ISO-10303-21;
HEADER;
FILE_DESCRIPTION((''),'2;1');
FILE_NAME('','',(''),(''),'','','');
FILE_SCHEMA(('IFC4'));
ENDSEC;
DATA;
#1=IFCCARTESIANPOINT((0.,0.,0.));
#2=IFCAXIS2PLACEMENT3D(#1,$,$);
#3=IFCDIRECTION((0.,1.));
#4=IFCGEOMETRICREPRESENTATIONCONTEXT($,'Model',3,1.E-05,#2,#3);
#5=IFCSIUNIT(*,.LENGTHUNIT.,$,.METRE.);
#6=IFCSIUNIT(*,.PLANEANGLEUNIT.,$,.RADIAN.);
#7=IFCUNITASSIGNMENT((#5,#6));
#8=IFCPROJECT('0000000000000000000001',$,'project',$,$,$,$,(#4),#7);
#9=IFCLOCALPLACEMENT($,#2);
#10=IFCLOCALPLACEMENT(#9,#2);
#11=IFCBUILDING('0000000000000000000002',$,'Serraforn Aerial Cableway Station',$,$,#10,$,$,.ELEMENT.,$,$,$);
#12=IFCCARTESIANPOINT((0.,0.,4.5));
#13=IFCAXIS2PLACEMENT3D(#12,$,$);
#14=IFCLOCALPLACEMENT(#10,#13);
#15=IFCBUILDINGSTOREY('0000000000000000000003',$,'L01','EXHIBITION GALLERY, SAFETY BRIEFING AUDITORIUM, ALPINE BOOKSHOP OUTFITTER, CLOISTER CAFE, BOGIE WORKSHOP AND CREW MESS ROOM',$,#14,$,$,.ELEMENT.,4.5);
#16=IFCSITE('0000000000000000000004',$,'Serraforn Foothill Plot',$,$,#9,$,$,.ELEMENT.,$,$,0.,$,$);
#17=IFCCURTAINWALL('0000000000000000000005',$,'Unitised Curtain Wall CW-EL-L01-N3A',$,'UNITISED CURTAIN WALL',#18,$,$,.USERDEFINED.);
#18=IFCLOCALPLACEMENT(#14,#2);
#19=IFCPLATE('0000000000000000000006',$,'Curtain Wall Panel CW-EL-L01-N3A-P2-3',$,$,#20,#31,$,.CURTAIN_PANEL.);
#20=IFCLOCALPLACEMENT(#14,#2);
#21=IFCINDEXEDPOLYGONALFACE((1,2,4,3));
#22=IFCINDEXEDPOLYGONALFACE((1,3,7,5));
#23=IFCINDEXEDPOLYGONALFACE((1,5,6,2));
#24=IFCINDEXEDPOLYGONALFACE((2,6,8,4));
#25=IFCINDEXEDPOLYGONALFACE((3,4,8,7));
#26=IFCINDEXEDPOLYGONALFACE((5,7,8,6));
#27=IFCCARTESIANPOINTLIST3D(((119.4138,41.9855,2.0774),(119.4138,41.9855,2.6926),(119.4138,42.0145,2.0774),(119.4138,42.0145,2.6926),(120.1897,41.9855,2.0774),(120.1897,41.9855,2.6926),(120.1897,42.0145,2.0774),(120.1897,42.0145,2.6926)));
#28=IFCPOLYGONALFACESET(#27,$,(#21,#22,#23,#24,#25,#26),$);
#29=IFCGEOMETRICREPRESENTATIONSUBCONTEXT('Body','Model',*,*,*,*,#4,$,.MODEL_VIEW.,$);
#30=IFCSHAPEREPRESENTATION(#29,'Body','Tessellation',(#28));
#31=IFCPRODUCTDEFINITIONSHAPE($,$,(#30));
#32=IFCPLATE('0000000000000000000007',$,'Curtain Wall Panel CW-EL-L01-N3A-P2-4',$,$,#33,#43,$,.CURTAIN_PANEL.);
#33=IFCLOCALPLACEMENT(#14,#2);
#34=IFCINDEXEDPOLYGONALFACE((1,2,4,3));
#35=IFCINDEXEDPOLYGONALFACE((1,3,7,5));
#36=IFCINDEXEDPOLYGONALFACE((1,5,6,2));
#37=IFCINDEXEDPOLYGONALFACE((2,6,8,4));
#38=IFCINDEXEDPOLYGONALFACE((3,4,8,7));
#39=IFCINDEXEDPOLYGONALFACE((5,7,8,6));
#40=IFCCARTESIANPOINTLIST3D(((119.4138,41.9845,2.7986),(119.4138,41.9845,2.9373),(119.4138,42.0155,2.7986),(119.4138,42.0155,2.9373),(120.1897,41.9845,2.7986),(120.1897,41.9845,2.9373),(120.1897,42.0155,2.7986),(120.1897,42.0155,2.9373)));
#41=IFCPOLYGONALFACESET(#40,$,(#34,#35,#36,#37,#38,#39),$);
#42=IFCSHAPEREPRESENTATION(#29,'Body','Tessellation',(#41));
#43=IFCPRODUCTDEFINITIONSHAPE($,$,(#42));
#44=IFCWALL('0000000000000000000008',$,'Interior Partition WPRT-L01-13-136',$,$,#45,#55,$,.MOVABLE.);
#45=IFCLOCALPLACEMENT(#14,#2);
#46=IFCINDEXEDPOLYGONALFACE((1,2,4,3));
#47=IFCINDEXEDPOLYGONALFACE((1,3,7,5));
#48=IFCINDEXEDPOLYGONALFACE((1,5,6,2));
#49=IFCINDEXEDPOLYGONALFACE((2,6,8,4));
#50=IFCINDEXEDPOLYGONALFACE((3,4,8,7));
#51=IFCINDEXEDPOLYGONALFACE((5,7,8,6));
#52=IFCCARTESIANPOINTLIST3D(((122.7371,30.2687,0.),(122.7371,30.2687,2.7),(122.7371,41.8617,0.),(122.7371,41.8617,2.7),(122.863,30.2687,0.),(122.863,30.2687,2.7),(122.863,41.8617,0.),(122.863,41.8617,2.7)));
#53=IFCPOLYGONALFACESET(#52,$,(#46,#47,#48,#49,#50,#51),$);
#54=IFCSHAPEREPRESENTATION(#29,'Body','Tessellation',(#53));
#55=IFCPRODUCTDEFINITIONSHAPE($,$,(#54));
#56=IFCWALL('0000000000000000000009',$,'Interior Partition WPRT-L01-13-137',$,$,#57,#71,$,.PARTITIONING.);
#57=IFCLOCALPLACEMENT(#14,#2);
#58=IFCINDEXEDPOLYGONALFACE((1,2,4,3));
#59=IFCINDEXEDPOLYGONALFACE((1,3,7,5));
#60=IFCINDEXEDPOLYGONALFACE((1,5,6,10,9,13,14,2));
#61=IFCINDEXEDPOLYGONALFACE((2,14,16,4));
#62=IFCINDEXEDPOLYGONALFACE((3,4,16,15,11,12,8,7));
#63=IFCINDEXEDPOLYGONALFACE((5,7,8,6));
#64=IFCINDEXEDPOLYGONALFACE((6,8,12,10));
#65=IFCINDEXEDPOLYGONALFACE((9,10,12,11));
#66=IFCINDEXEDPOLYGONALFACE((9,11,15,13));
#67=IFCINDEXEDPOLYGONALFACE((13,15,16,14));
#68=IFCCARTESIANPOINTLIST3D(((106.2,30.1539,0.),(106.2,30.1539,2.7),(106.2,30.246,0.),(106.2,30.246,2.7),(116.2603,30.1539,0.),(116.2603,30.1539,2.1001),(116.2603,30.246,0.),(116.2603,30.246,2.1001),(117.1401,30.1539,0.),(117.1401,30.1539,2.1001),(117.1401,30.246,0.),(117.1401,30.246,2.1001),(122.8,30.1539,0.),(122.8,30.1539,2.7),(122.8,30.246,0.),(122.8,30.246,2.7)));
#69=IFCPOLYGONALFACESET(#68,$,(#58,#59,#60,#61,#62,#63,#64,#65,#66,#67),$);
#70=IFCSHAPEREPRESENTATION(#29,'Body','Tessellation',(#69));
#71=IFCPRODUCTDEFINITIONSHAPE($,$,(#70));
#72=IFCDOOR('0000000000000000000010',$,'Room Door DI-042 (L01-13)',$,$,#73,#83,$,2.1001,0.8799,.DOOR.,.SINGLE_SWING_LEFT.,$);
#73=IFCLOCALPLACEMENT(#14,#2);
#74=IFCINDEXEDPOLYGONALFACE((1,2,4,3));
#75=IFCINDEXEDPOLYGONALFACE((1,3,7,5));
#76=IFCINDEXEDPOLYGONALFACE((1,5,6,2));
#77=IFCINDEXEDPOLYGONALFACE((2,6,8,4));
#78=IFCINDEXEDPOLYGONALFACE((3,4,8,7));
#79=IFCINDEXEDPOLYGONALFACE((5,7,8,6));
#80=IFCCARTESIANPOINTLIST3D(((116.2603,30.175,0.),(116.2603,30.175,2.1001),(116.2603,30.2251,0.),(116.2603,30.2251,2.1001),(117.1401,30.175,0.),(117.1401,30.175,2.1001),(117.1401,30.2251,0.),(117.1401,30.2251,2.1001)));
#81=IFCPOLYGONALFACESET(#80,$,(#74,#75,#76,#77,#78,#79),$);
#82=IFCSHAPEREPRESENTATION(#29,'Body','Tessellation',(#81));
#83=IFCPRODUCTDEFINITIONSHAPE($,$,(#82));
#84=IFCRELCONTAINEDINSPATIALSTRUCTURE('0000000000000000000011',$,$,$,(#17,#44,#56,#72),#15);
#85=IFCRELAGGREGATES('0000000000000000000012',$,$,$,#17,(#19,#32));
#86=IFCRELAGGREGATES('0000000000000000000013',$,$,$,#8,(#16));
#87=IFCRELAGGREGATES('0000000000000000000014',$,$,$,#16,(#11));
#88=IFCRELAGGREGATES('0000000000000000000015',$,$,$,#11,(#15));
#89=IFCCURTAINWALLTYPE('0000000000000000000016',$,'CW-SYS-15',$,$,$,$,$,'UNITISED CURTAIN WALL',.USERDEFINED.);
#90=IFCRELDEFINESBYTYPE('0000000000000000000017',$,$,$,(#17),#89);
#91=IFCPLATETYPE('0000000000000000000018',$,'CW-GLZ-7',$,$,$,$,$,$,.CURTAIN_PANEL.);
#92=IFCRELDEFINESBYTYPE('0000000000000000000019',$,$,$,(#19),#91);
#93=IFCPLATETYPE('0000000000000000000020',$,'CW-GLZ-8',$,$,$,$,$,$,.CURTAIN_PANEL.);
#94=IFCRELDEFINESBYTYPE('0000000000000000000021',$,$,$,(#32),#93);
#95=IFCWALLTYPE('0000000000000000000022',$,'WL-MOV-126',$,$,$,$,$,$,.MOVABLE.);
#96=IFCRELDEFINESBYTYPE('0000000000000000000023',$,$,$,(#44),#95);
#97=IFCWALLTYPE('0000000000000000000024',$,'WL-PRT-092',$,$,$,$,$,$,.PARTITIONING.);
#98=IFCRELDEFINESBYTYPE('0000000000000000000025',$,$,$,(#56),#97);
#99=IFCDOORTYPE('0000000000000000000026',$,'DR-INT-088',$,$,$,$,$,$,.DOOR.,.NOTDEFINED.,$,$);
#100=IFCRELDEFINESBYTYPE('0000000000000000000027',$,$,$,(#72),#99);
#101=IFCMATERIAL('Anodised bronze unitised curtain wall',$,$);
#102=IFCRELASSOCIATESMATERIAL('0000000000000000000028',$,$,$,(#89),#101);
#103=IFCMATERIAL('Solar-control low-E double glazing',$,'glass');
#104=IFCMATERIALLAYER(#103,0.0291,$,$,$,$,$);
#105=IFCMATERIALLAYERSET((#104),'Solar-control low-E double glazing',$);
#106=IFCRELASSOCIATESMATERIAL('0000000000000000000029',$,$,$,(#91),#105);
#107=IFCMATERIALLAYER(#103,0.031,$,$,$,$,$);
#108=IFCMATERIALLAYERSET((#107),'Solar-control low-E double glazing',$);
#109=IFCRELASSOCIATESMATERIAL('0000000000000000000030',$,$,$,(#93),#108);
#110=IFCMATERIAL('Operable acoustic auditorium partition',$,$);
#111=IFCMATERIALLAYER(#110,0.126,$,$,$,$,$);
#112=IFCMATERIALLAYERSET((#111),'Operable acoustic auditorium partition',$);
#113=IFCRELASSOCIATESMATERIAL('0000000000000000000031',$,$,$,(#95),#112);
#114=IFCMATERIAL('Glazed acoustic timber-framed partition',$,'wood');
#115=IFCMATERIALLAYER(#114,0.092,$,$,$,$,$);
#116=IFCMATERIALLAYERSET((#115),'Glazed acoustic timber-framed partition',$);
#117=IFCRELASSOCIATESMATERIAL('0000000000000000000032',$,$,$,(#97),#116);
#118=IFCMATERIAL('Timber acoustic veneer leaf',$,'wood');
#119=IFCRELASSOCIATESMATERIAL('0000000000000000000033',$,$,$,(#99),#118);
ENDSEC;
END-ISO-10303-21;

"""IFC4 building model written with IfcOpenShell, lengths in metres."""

from ifc_helpers import new_model, si_unit, direction, frame, frame_2d, origin, origin_2d, place, context, subcontext, project, spatial, rectangle, extrude, material, layer, layer_set, type_object, element, fill, aggregate, save


model = new_model("IFC4")

# Units and contexts
model_context = context("Model", 3, precision=1e-05, world=origin(), true_north=direction((0.0, 1.0)))
body_context = subcontext(model_context, "Body", "Model", "MODEL_VIEW")
ifc_project = project(units=[si_unit("LENGTHUNIT", "METRE"), si_unit("PLANEANGLEUNIT", "RADIAN")], contexts=[model_context])

# Site, building, storey
site_placement = place(None, origin())
site = spatial("IfcSite", under=ifc_project, at=site_placement, Name="Serraforn Foothill Plot", CompositionType="ELEMENT", RefElevation=0.0)
building_placement = place(site_placement, origin())
building = spatial("IfcBuilding", under=site, at=building_placement, Name="Serraforn Aerial Cableway Station", CompositionType="ELEMENT")
storey_placement = place(building_placement, frame((0.0, 0.0, 4.5)))
storey = spatial("IfcBuildingStorey", under=building, at=storey_placement, Name="L01", Description="EXHIBITION GALLERY, SAFETY BRIEFING AUDITORIUM, ALPINE BOOKSHOP OUTFITTER, CLOISTER CAFE, BOGIE WORKSHOP AND CREW MESS ROOM", CompositionType="ELEMENT", Elevation=4.5)

# Curtain wall
ifc_material_1 = material(Name="Anodised bronze unitised curtain wall")
curtain_wall_type_1 = type_object("IfcCurtainWallType", Name="CW-SYS-15", ElementType="UNITISED CURTAIN WALL", PredefinedType="USERDEFINED", material=ifc_material_1)
curtain_wall_1_placement = place(storey_placement, origin())
curtain_wall_1 = element("IfcCurtainWall", 1, at=curtain_wall_1_placement, inside=storey, type_object=curtain_wall_type_1, Name="Unitised Curtain Wall CW-EL-L01-N3A", ObjectType="UNITISED CURTAIN WALL", PredefinedType="USERDEFINED")

# Plates
ifc_material_2 = material(Name="Solar-control low-E double glazing", Category="glass")
ifc_layer_1 = layer(ifc_material_2, 0.0291)
ifc_layer_set_1 = layer_set([ifc_layer_1], Name="Solar-control low-E double glazing")
plate_type_1 = type_object("IfcPlateType", Name="CW-GLZ-7", PredefinedType="CURTAIN_PANEL", material=ifc_layer_set_1)
plate_1_placement = place(storey_placement, frame((119.8018, 42.0, 2.0774), z_axis=(0.0, 0.0, 1.0), x_axis=(1.0, 0.0, 0.0)))
plate_1 = element("IfcPlate", 2, at=plate_1_placement, type_object=plate_type_1, Name="Curtain Wall Panel CW-EL-L01-N3A-P2-3", PredefinedType="CURTAIN_PANEL", context=body_context, shape_type="SweptSolid", body=[
    extrude(rectangle(XDim=0.7759, YDim=0.0291, at=origin_2d()), origin(), (0.0, 0.0, 1.0), 0.6152),
])
ifc_layer_2 = layer(ifc_material_2, 0.031)
ifc_layer_set_2 = layer_set([ifc_layer_2], Name="Solar-control low-E double glazing")
plate_type_2 = type_object("IfcPlateType", Name="CW-GLZ-8", PredefinedType="CURTAIN_PANEL", material=ifc_layer_set_2)
plate_2_placement = place(storey_placement, frame((119.8018, 42.0, 2.7986), z_axis=(0.0, 0.0, 1.0), x_axis=(1.0, 0.0, 0.0)))
plate_2 = element("IfcPlate", 3, at=plate_2_placement, type_object=plate_type_2, Name="Curtain Wall Panel CW-EL-L01-N3A-P2-4", PredefinedType="CURTAIN_PANEL", context=body_context, shape_type="SweptSolid", body=[
    extrude(rectangle(XDim=0.7759, YDim=0.031, at=origin_2d()), origin(), (0.0, 0.0, 1.0), 0.1387),
])
aggregate(curtain_wall_1, [plate_1, plate_2])

# Wall
ifc_material_3 = material(Name="Operable acoustic auditorium partition")
ifc_layer_3 = layer(ifc_material_3, 0.126)
ifc_layer_set_3 = layer_set([ifc_layer_3], Name="Operable acoustic auditorium partition")
wall_type_1 = type_object("IfcWallType", Name="WL-MOV-126", PredefinedType="MOVABLE", material=ifc_layer_set_3)
wall_1_placement = place(storey_placement, frame((122.8, 41.8616, 0.0), z_axis=(0.0, 0.0, 1.0), x_axis=(0.0, -1.0, 0.0)))
element("IfcWall", 4, at=wall_1_placement, inside=storey, type_object=wall_type_1, Name="Interior Partition WPRT-L01-13-136", PredefinedType="MOVABLE", context=body_context, shape_type="SweptSolid", body=[
    extrude(rectangle(XDim=11.593, YDim=0.126, at=frame_2d((5.7964, 0.0))), origin(), (0.0, 0.0, 1.0), 2.7),
])

# Wall, opening, door
ifc_material_4 = material(Name="Glazed acoustic timber-framed partition", Category="wood")
ifc_layer_4 = layer(ifc_material_4, 0.092)
ifc_layer_set_4 = layer_set([ifc_layer_4], Name="Glazed acoustic timber-framed partition")
wall_type_2 = type_object("IfcWallType", Name="WL-PRT-092", PredefinedType="PARTITIONING", material=ifc_layer_set_4)
wall_2_placement = place(storey_placement, frame((122.8, 30.2, 0.0), z_axis=(0.0, 0.0, 1.0), x_axis=(-1.0, 0.0, 0.0)))
wall_2 = element("IfcWall", 5, at=wall_2_placement, inside=storey, type_object=wall_type_2, Name="Interior Partition WPRT-L01-13-137", PredefinedType="PARTITIONING", context=body_context, shape_type="SweptSolid", body=[
    extrude(rectangle(XDim=16.6001, YDim=0.092, at=frame_2d((8.3, 0.0))), origin(), (0.0, 0.0, 1.0), 2.7),
])
opening_placement = place(wall_2_placement, frame((5.6599, 0.0, 0.0)))
opening = element("IfcOpeningElement", 6, at=opening_placement, cuts=wall_2, PredefinedType="OPENING", context=body_context, shape_type="SweptSolid", body=[
    extrude(rectangle(XDim=0.8799, YDim=2.1001, at=frame_2d((0.4399, 1.05))), frame((0.0, 0.0559, 0.0), z_axis=(0.0, -1.0, 0.0), x_axis=(1.0, 0.0, 0.0)), (0.0, 0.0, 1.0), 0.1121),
])
ifc_material_5 = material(Name="Timber acoustic veneer leaf", Category="wood")
door_type = type_object("IfcDoorType", Name="DR-INT-088", OperationType="NOTDEFINED", PredefinedType="DOOR", material=ifc_material_5)
door_placement = place(opening_placement, origin())
door = element("IfcDoor", 7, at=door_placement, inside=storey, type_object=door_type, Name="Room Door DI-042 (L01-13)", OperationType="SINGLE_SWING_LEFT", OverallHeight=2.1001, OverallWidth=0.8799, PredefinedType="DOOR", context=body_context, shape_type="SweptSolid", body=[
    extrude(rectangle(XDim=0.8799, YDim=2.1001, at=frame_2d((0.4399, 1.05))), frame((0.0, 0.0249, 0.0), z_axis=(0.0, -1.0, 0.0), x_axis=(1.0, 0.0, 0.0)), (0.0, 0.0, 1.0), 0.05),
])
fill(opening, door)

save(model, "model.ifc")
